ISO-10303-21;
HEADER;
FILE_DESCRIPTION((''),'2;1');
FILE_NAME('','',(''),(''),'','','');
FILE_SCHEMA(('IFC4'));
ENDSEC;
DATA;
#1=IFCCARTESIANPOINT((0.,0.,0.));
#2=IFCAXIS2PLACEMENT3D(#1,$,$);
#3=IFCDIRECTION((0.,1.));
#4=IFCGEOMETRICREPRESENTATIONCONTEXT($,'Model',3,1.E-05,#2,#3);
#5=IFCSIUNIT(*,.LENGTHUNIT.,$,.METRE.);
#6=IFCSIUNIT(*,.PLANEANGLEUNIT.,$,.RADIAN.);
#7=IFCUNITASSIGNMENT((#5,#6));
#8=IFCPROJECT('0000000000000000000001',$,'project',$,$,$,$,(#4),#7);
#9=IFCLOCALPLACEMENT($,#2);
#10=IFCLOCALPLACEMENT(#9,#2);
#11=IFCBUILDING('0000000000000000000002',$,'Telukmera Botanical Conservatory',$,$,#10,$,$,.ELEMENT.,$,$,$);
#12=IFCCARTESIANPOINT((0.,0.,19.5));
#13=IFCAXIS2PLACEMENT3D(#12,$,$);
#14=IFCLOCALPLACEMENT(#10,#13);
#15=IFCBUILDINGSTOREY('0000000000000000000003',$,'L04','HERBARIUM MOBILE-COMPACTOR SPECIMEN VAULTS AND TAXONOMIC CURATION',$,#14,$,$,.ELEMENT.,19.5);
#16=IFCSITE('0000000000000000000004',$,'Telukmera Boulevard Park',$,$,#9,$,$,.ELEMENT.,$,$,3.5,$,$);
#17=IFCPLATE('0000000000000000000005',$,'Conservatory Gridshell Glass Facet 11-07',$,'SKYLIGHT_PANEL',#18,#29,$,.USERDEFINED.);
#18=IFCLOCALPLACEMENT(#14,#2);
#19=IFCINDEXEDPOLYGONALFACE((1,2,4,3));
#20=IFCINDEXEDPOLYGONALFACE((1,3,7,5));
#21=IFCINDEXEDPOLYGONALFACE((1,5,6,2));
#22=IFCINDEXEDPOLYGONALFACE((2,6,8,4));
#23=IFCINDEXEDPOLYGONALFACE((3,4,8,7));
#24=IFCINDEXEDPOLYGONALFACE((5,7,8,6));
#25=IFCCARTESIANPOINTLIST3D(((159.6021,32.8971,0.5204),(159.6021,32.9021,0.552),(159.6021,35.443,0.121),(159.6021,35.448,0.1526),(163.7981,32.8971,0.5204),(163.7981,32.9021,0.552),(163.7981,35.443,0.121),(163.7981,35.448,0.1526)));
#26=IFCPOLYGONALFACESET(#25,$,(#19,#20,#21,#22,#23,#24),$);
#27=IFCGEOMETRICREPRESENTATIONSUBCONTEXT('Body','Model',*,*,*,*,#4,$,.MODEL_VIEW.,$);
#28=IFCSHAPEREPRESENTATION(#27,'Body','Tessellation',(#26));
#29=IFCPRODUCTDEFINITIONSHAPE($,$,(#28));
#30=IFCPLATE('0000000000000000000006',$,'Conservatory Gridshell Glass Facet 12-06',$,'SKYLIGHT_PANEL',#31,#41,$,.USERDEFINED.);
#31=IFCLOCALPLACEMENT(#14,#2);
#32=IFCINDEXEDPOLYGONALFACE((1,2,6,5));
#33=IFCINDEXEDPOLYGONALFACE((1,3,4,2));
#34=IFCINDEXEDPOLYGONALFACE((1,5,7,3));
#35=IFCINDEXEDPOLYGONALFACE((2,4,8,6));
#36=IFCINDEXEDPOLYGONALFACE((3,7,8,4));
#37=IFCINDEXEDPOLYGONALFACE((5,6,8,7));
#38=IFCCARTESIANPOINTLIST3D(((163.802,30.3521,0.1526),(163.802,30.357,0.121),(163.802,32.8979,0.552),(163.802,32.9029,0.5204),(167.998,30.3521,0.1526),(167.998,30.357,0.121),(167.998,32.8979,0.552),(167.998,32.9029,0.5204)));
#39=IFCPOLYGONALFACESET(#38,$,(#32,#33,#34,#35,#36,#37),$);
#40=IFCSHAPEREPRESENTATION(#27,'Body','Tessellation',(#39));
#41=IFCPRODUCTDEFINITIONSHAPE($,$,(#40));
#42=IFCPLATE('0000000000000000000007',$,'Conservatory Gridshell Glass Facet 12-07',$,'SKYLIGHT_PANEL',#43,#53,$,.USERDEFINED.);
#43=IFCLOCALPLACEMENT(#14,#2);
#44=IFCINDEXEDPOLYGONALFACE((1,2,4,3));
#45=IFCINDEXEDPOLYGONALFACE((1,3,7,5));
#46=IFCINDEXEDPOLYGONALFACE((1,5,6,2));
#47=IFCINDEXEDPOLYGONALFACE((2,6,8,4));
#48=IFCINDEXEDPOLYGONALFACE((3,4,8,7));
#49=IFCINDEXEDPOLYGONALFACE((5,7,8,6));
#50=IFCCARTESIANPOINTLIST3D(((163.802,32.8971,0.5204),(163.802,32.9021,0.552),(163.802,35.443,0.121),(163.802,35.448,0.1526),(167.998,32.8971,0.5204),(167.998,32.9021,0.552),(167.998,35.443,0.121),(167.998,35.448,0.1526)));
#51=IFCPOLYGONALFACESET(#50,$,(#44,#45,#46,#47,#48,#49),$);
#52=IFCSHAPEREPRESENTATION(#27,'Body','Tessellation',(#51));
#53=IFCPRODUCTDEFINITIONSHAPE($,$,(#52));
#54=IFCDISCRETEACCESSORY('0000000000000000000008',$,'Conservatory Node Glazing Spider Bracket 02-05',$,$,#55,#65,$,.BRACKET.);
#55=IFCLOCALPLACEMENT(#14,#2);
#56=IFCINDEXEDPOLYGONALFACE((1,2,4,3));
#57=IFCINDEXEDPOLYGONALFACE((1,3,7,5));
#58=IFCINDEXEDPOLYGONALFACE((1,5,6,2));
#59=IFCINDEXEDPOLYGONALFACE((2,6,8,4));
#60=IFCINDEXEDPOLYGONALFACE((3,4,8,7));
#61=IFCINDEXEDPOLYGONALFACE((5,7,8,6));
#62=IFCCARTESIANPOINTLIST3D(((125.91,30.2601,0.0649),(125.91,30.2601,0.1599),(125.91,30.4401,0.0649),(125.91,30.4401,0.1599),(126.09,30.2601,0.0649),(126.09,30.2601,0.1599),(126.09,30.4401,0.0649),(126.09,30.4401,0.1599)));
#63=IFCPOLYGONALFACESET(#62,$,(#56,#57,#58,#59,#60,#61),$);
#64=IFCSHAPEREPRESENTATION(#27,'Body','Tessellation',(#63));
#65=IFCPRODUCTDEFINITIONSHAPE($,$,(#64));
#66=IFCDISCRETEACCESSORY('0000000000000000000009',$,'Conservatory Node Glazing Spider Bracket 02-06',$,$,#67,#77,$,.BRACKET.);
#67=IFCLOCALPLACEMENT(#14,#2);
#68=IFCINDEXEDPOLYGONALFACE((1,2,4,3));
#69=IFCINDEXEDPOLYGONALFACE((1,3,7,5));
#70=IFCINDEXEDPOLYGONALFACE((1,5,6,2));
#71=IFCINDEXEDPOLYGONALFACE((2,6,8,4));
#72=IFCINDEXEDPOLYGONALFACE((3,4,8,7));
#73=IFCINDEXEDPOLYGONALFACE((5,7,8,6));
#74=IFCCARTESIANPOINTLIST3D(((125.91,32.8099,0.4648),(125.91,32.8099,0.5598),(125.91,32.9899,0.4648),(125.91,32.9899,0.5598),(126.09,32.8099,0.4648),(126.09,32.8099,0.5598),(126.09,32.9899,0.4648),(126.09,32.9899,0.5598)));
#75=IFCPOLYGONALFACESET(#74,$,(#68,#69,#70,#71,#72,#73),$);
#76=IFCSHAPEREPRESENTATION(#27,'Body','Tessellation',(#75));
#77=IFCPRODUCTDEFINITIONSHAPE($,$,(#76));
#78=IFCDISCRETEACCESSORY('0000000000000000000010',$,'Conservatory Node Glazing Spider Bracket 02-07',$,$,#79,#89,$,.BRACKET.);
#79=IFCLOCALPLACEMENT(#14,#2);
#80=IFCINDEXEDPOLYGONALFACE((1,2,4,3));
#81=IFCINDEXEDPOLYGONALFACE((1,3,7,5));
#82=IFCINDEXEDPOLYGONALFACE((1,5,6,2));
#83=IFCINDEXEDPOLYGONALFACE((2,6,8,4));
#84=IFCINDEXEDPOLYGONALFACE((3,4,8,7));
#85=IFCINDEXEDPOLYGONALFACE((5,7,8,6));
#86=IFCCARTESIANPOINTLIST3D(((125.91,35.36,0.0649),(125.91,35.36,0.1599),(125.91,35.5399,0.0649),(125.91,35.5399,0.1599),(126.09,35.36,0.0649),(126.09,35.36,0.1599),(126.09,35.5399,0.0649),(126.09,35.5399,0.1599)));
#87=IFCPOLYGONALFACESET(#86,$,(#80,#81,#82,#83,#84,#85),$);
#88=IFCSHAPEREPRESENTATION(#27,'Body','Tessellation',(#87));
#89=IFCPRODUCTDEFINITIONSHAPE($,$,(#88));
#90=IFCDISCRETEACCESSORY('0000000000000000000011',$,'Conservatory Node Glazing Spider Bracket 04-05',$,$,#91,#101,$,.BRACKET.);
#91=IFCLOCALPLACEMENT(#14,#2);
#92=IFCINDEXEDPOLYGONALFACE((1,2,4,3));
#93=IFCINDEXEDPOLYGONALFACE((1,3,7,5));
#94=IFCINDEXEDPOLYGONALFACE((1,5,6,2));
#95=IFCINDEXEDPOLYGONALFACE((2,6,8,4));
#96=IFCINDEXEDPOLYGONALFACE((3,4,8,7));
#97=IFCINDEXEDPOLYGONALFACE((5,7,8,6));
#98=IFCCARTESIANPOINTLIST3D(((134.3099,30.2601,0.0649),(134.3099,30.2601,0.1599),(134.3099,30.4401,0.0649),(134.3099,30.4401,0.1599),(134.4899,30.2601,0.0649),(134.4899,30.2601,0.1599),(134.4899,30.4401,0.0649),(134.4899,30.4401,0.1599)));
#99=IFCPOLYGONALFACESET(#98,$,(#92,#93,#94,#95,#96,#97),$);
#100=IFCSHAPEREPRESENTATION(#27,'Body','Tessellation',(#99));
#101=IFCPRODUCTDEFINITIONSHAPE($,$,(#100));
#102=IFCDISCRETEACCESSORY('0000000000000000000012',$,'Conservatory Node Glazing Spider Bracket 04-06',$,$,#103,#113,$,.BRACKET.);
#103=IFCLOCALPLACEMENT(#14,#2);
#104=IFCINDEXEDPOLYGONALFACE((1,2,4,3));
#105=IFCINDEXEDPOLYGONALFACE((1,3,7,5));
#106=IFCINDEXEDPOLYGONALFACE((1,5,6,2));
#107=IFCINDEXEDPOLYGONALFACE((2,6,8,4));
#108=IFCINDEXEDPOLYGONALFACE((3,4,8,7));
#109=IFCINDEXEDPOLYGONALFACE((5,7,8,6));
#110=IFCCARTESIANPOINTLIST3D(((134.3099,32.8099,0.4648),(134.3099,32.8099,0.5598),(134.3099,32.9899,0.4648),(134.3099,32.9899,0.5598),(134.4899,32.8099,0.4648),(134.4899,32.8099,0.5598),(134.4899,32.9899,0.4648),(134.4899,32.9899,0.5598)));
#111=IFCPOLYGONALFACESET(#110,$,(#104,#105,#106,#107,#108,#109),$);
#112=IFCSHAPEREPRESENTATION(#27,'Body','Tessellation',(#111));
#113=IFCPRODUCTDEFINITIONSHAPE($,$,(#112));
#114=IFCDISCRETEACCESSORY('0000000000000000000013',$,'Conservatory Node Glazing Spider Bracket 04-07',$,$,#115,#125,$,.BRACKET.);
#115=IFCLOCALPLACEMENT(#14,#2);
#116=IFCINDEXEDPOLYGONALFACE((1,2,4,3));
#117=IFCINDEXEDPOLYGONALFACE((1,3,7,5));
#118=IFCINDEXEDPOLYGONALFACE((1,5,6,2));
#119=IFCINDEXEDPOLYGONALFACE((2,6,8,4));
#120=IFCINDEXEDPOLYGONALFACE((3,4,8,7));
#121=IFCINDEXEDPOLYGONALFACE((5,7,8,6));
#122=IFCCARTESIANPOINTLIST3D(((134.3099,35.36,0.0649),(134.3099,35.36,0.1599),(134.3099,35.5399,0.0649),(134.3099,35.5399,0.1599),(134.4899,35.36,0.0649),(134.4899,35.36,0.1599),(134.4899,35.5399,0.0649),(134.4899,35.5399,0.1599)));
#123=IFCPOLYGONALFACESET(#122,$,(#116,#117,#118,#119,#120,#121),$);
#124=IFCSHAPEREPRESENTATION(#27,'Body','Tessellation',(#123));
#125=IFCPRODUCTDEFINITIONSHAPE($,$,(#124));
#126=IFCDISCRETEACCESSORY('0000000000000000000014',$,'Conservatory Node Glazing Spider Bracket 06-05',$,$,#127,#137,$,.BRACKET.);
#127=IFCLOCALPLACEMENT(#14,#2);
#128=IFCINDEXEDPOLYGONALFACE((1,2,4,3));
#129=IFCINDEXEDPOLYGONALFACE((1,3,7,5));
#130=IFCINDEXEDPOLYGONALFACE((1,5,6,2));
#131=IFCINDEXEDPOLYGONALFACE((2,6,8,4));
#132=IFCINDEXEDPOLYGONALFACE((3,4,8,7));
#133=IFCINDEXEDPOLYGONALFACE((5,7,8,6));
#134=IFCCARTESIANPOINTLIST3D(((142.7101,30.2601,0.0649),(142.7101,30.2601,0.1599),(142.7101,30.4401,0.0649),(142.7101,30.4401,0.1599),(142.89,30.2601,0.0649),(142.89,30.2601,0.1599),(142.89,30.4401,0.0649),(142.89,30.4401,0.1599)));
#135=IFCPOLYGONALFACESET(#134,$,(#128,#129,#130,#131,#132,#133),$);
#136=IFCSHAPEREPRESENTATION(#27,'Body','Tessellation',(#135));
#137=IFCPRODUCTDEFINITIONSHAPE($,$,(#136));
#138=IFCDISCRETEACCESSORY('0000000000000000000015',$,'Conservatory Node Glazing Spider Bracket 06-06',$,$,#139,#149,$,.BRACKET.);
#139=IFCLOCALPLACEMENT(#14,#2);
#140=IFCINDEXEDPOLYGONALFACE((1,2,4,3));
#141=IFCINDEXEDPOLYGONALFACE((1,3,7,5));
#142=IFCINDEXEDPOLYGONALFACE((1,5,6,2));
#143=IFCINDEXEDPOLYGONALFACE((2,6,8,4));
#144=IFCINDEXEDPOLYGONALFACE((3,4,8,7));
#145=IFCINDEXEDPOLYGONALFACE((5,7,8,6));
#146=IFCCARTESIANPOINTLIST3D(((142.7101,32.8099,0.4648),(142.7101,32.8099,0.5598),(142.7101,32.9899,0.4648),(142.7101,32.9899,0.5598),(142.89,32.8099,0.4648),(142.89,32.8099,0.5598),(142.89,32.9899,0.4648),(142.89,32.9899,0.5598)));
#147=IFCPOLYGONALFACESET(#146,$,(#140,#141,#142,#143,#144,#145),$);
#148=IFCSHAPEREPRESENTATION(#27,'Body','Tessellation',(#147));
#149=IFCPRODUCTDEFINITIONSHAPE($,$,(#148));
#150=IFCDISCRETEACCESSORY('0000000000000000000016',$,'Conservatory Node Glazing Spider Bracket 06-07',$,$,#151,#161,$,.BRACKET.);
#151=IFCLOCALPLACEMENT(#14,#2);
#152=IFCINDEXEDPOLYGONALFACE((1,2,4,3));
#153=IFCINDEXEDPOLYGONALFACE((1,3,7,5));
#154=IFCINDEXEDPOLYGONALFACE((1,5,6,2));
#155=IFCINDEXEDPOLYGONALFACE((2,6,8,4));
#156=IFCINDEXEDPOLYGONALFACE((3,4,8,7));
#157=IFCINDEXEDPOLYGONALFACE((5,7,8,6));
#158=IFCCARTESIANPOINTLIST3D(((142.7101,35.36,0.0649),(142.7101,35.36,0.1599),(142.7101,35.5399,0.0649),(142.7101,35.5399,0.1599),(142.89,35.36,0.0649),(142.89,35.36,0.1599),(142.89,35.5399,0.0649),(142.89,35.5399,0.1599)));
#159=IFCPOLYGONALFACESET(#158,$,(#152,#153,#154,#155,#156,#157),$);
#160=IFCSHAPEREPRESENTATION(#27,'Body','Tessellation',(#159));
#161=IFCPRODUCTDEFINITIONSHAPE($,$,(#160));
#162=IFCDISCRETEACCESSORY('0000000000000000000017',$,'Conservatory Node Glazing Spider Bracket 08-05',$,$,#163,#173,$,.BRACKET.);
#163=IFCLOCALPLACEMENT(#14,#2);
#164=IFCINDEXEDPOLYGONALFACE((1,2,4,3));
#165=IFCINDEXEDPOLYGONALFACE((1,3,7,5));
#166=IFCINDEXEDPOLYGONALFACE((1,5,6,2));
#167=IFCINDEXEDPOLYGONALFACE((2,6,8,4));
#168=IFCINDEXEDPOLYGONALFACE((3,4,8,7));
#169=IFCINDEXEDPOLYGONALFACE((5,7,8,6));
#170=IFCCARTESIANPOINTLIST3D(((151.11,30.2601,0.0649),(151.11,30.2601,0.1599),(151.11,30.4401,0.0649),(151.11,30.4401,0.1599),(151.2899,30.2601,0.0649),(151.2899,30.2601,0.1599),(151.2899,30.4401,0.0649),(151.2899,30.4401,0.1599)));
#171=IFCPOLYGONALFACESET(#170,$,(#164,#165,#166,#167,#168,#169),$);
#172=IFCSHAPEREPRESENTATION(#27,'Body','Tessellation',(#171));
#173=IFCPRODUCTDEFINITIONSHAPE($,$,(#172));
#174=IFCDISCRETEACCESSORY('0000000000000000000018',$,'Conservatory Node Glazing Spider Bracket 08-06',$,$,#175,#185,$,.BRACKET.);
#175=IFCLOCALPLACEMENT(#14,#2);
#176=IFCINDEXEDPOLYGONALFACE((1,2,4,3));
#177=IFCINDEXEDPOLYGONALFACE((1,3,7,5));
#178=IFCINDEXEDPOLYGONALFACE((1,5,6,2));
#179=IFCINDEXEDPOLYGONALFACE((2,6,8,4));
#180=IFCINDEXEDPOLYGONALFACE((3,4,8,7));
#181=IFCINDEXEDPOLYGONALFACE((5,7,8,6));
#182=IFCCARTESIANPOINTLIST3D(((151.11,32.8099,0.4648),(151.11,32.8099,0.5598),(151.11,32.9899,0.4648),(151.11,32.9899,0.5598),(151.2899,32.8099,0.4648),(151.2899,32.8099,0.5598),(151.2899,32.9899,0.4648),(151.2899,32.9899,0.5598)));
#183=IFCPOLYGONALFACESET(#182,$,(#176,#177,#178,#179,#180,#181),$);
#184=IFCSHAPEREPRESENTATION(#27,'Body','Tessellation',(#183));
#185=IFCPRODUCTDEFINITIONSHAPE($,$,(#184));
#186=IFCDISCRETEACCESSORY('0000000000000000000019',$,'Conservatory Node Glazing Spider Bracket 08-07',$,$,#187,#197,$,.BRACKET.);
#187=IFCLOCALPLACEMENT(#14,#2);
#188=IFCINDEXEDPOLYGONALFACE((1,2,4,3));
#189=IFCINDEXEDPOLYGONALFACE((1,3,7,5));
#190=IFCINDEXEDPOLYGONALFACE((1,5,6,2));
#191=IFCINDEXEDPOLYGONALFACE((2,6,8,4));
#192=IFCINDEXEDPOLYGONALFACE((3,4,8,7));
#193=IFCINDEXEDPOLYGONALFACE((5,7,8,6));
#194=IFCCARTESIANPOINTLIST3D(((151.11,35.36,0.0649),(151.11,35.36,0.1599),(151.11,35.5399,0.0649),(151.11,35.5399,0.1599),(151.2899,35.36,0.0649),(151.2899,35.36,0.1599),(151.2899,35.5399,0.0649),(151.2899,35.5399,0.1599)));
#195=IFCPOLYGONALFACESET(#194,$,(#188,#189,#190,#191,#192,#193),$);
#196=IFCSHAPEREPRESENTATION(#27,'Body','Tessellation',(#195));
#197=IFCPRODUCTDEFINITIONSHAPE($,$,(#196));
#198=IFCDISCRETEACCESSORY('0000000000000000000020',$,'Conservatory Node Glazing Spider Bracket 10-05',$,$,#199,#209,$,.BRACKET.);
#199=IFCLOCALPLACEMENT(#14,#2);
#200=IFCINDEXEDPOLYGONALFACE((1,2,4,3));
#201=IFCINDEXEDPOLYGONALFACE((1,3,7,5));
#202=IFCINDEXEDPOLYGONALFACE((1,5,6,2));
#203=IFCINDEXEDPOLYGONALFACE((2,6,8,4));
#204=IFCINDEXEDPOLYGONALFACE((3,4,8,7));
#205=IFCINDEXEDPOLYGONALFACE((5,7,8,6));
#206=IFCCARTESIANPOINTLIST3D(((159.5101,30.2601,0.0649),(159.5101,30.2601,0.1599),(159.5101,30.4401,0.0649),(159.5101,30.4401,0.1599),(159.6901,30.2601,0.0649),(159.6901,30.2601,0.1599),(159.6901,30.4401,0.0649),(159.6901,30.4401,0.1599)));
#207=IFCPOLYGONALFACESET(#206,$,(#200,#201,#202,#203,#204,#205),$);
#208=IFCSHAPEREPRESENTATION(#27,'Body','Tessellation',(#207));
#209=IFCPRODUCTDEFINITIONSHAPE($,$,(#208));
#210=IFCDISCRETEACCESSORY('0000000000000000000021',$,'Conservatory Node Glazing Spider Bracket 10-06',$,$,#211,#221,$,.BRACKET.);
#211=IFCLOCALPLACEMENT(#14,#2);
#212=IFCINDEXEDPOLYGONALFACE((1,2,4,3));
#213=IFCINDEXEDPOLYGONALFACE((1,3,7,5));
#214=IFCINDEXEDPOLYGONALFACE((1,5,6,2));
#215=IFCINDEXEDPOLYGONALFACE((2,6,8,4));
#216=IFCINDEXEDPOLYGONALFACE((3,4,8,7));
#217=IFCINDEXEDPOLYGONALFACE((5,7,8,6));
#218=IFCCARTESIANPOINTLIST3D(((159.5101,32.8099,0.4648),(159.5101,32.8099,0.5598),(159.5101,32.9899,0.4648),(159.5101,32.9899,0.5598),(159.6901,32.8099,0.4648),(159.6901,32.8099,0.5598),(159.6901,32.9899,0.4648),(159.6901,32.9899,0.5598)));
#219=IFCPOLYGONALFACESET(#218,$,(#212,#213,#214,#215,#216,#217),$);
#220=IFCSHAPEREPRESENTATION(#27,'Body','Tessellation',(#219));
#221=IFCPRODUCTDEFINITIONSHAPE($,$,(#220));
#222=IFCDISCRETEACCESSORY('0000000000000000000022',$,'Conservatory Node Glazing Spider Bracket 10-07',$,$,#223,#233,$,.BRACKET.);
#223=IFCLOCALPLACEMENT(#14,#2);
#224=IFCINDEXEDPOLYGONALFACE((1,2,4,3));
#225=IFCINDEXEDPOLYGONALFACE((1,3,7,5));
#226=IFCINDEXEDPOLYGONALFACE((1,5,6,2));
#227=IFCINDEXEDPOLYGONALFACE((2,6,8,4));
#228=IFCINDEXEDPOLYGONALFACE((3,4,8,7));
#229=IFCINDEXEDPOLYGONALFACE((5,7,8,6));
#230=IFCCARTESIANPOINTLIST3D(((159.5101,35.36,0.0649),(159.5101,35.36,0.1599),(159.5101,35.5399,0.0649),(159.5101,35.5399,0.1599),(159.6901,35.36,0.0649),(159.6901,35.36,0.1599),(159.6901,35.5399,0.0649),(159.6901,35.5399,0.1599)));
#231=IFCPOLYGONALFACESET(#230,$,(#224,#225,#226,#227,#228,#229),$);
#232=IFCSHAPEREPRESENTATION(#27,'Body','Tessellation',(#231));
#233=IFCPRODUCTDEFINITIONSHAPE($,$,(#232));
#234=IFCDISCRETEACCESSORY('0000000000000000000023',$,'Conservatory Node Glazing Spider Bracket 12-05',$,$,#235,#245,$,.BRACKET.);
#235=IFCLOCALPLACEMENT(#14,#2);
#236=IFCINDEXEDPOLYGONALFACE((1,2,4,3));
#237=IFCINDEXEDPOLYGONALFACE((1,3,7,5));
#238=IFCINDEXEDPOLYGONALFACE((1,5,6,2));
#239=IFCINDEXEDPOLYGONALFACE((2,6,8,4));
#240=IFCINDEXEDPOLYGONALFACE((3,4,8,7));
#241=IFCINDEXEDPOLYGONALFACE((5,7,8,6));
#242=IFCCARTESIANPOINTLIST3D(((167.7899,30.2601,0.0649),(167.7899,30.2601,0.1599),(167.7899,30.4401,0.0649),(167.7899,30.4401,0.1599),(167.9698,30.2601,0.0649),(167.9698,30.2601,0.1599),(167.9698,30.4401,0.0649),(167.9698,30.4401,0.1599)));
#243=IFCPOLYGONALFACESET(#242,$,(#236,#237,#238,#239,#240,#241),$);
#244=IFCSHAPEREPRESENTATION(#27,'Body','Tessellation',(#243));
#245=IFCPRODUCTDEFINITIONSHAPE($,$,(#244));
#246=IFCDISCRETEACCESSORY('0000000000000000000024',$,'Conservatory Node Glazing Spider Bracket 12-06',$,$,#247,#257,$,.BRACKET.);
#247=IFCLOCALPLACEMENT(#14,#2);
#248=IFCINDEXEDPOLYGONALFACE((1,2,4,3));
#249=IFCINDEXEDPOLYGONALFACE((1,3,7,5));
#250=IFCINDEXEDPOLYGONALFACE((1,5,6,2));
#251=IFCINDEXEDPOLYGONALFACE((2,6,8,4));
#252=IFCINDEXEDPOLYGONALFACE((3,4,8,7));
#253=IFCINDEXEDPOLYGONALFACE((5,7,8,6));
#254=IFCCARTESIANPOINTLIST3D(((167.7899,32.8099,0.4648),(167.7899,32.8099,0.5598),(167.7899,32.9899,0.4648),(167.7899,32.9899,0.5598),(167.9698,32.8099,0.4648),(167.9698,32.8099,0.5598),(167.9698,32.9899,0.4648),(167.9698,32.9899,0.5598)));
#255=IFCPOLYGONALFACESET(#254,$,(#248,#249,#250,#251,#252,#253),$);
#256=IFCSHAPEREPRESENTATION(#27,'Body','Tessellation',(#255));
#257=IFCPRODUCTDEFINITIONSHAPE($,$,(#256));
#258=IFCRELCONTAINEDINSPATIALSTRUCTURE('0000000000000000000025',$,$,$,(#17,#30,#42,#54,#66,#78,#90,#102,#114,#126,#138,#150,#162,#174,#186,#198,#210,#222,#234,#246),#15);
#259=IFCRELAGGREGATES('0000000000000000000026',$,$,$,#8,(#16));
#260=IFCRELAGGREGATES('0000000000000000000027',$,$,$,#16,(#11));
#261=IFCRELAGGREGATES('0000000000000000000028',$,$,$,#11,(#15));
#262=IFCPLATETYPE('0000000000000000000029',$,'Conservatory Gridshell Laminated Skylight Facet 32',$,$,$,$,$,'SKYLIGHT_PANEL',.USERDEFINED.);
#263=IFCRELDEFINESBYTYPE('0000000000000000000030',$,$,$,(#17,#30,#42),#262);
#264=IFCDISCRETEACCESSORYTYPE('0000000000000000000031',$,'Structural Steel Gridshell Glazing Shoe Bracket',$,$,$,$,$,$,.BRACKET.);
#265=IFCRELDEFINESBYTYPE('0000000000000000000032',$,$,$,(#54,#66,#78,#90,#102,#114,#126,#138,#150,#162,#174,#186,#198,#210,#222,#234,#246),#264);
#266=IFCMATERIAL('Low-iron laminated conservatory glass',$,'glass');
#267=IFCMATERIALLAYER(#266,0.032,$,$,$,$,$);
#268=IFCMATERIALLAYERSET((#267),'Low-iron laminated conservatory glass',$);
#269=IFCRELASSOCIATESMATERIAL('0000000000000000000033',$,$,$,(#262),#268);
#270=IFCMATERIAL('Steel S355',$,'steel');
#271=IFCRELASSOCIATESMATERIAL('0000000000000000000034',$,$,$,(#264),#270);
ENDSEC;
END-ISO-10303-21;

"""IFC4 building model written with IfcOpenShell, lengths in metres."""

from ifc_helpers import new_model, si_unit, direction, frame, origin, origin_2d, place, context, subcontext, project, spatial, polyline, rectangle, outline, extrude, material, layer, layer_set, type_object, element, save


model = new_model("IFC4")

# Units and contexts
model_context = context("Model", 3, precision=1e-05, world=origin(), true_north=direction((0.0, 1.0)))
body_context = subcontext(model_context, "Body", "Model", "MODEL_VIEW")
ifc_project = project(units=[si_unit("LENGTHUNIT", "METRE"), si_unit("PLANEANGLEUNIT", "RADIAN")], contexts=[model_context])

# Site, building, storey
site_placement = place(None, origin())
site = spatial("IfcSite", under=ifc_project, at=site_placement, Name="Telukmera Boulevard Park", CompositionType="ELEMENT", RefElevation=3.5)
building_placement = place(site_placement, origin())
building = spatial("IfcBuilding", under=site, at=building_placement, Name="Telukmera Botanical Conservatory", CompositionType="ELEMENT")
storey_placement = place(building_placement, frame((0.0, 0.0, 19.5)))
storey = spatial("IfcBuildingStorey", under=building, at=storey_placement, Name="L04", Description="HERBARIUM MOBILE-COMPACTOR SPECIMEN VAULTS AND TAXONOMIC CURATION", CompositionType="ELEMENT", Elevation=19.5)

# Plates
ifc_material_1 = material(Name="Low-iron laminated conservatory glass", Category="glass")
ifc_layer = layer(ifc_material_1, 0.032)
ifc_layer_set = layer_set([ifc_layer], Name="Low-iron laminated conservatory glass")
plate_type = type_object("IfcPlateType", Name="Conservatory Gridshell Laminated Skylight Facet 32", ElementType="SKYLIGHT_PANEL", PredefinedType="USERDEFINED", material=ifc_layer_set)
for number, where, z_axis, x_axis, name in (
    (1, (159.6021, 32.9021, 0.552), (0.0, 0.15499, 0.987916), (1.0, 0.0, 0.0), "Conservatory Gridshell Glass Facet 11-07"),
    (2, (163.802, 30.3521, 0.1526), (0.0, -0.15499, 0.987916), (1.0, 0.0, 0.0), "Conservatory Gridshell Glass Facet 12-06"),
    (3, (163.802, 32.9021, 0.552), (0.0, 0.15499, 0.987916), (1.0, 0.0, 0.0), "Conservatory Gridshell Glass Facet 12-07"),
):
    element("IfcPlate", number, at=place(storey_placement, frame(where, z_axis=z_axis, x_axis=x_axis)), inside=storey, type_object=plate_type, Name=name, ObjectType="SKYLIGHT_PANEL", PredefinedType="USERDEFINED", context=body_context, shape_type="SweptSolid", body=[
        extrude(outline(polyline([(0.0, 0.0), (4.196, 0.0), (4.196, 2.577), (0.0, 2.577), (0.0, 0.0)])), origin(), (0.0, 0.0, -1.0), 0.032),
    ])

# Discrete accessories
ifc_material_2 = material(Name="Steel S355", Category="steel")
discrete_accessory_type = type_object("IfcDiscreteAccessoryType", Name="Structural Steel Gridshell Glazing Shoe Bracket", PredefinedType="BRACKET", material=ifc_material_2)
for number, where, z_axis, x_axis, name in (
    (4, (126.0, 30.3501, 0.0649), (0.0, 0.0, 1.0), (1.0, 0.0, 0.0), "Conservatory Node Glazing Spider Bracket 02-05"),
    (5, (126.0, 32.8999, 0.4648), (0.0, 0.0, 1.0), (1.0, 0.0, 0.0), "Conservatory Node Glazing Spider Bracket 02-06"),
    (6, (126.0, 35.45, 0.0649), (0.0, 0.0, 1.0), (1.0, 0.0, 0.0), "Conservatory Node Glazing Spider Bracket 02-07"),
    (7, (134.3999, 30.3501, 0.0649), (0.0, 0.0, 1.0), (1.0, 0.0, 0.0), "Conservatory Node Glazing Spider Bracket 04-05"),
    (8, (134.3999, 32.8999, 0.4648), (0.0, 0.0, 1.0), (1.0, 0.0, 0.0), "Conservatory Node Glazing Spider Bracket 04-06"),
    (9, (134.3999, 35.45, 0.0649), (0.0, 0.0, 1.0), (1.0, 0.0, 0.0), "Conservatory Node Glazing Spider Bracket 04-07"),
    (10, (142.8, 30.3501, 0.0649), (0.0, 0.0, 1.0), (1.0, 0.0, 0.0), "Conservatory Node Glazing Spider Bracket 06-05"),
    (11, (142.8, 32.8999, 0.4648), (0.0, 0.0, 1.0), (1.0, 0.0, 0.0), "Conservatory Node Glazing Spider Bracket 06-06"),
    (12, (142.8, 35.45, 0.0649), (0.0, 0.0, 1.0), (1.0, 0.0, 0.0), "Conservatory Node Glazing Spider Bracket 06-07"),
    (13, (151.2, 30.3501, 0.0649), (0.0, 0.0, 1.0), (1.0, 0.0, 0.0), "Conservatory Node Glazing Spider Bracket 08-05"),
    (14, (151.2, 32.8999, 0.4648), (0.0, 0.0, 1.0), (1.0, 0.0, 0.0), "Conservatory Node Glazing Spider Bracket 08-06"),
    (15, (151.2, 35.45, 0.0649), (0.0, 0.0, 1.0), (1.0, 0.0, 0.0), "Conservatory Node Glazing Spider Bracket 08-07"),
    (16, (159.6001, 30.3501, 0.0649), (0.0, 0.0, 1.0), (1.0, 0.0, 0.0), "Conservatory Node Glazing Spider Bracket 10-05"),
    (17, (159.6001, 32.8999, 0.4648), (0.0, 0.0, 1.0), (1.0, 0.0, 0.0), "Conservatory Node Glazing Spider Bracket 10-06"),
    (18, (159.6001, 35.45, 0.0649), (0.0, 0.0, 1.0), (1.0, 0.0, 0.0), "Conservatory Node Glazing Spider Bracket 10-07"),
    (19, (167.8799, 30.3501, 0.0649), (0.0, 0.0, 1.0), (1.0, 0.0, 0.0), "Conservatory Node Glazing Spider Bracket 12-05"),
    (20, (167.8799, 32.8999, 0.4648), (0.0, 0.0, 1.0), (1.0, 0.0, 0.0), "Conservatory Node Glazing Spider Bracket 12-06"),
):
    element("IfcDiscreteAccessory", number, at=place(storey_placement, frame(where, z_axis=z_axis, x_axis=x_axis)), inside=storey, type_object=discrete_accessory_type, Name=name, PredefinedType="BRACKET", context=body_context, shape_type="SweptSolid", body=[
        extrude(rectangle(XDim=0.1799, YDim=0.1799, at=origin_2d()), origin(), (0.0, 0.0, 1.0), 0.095),
    ])

save(model, "model.ifc")
